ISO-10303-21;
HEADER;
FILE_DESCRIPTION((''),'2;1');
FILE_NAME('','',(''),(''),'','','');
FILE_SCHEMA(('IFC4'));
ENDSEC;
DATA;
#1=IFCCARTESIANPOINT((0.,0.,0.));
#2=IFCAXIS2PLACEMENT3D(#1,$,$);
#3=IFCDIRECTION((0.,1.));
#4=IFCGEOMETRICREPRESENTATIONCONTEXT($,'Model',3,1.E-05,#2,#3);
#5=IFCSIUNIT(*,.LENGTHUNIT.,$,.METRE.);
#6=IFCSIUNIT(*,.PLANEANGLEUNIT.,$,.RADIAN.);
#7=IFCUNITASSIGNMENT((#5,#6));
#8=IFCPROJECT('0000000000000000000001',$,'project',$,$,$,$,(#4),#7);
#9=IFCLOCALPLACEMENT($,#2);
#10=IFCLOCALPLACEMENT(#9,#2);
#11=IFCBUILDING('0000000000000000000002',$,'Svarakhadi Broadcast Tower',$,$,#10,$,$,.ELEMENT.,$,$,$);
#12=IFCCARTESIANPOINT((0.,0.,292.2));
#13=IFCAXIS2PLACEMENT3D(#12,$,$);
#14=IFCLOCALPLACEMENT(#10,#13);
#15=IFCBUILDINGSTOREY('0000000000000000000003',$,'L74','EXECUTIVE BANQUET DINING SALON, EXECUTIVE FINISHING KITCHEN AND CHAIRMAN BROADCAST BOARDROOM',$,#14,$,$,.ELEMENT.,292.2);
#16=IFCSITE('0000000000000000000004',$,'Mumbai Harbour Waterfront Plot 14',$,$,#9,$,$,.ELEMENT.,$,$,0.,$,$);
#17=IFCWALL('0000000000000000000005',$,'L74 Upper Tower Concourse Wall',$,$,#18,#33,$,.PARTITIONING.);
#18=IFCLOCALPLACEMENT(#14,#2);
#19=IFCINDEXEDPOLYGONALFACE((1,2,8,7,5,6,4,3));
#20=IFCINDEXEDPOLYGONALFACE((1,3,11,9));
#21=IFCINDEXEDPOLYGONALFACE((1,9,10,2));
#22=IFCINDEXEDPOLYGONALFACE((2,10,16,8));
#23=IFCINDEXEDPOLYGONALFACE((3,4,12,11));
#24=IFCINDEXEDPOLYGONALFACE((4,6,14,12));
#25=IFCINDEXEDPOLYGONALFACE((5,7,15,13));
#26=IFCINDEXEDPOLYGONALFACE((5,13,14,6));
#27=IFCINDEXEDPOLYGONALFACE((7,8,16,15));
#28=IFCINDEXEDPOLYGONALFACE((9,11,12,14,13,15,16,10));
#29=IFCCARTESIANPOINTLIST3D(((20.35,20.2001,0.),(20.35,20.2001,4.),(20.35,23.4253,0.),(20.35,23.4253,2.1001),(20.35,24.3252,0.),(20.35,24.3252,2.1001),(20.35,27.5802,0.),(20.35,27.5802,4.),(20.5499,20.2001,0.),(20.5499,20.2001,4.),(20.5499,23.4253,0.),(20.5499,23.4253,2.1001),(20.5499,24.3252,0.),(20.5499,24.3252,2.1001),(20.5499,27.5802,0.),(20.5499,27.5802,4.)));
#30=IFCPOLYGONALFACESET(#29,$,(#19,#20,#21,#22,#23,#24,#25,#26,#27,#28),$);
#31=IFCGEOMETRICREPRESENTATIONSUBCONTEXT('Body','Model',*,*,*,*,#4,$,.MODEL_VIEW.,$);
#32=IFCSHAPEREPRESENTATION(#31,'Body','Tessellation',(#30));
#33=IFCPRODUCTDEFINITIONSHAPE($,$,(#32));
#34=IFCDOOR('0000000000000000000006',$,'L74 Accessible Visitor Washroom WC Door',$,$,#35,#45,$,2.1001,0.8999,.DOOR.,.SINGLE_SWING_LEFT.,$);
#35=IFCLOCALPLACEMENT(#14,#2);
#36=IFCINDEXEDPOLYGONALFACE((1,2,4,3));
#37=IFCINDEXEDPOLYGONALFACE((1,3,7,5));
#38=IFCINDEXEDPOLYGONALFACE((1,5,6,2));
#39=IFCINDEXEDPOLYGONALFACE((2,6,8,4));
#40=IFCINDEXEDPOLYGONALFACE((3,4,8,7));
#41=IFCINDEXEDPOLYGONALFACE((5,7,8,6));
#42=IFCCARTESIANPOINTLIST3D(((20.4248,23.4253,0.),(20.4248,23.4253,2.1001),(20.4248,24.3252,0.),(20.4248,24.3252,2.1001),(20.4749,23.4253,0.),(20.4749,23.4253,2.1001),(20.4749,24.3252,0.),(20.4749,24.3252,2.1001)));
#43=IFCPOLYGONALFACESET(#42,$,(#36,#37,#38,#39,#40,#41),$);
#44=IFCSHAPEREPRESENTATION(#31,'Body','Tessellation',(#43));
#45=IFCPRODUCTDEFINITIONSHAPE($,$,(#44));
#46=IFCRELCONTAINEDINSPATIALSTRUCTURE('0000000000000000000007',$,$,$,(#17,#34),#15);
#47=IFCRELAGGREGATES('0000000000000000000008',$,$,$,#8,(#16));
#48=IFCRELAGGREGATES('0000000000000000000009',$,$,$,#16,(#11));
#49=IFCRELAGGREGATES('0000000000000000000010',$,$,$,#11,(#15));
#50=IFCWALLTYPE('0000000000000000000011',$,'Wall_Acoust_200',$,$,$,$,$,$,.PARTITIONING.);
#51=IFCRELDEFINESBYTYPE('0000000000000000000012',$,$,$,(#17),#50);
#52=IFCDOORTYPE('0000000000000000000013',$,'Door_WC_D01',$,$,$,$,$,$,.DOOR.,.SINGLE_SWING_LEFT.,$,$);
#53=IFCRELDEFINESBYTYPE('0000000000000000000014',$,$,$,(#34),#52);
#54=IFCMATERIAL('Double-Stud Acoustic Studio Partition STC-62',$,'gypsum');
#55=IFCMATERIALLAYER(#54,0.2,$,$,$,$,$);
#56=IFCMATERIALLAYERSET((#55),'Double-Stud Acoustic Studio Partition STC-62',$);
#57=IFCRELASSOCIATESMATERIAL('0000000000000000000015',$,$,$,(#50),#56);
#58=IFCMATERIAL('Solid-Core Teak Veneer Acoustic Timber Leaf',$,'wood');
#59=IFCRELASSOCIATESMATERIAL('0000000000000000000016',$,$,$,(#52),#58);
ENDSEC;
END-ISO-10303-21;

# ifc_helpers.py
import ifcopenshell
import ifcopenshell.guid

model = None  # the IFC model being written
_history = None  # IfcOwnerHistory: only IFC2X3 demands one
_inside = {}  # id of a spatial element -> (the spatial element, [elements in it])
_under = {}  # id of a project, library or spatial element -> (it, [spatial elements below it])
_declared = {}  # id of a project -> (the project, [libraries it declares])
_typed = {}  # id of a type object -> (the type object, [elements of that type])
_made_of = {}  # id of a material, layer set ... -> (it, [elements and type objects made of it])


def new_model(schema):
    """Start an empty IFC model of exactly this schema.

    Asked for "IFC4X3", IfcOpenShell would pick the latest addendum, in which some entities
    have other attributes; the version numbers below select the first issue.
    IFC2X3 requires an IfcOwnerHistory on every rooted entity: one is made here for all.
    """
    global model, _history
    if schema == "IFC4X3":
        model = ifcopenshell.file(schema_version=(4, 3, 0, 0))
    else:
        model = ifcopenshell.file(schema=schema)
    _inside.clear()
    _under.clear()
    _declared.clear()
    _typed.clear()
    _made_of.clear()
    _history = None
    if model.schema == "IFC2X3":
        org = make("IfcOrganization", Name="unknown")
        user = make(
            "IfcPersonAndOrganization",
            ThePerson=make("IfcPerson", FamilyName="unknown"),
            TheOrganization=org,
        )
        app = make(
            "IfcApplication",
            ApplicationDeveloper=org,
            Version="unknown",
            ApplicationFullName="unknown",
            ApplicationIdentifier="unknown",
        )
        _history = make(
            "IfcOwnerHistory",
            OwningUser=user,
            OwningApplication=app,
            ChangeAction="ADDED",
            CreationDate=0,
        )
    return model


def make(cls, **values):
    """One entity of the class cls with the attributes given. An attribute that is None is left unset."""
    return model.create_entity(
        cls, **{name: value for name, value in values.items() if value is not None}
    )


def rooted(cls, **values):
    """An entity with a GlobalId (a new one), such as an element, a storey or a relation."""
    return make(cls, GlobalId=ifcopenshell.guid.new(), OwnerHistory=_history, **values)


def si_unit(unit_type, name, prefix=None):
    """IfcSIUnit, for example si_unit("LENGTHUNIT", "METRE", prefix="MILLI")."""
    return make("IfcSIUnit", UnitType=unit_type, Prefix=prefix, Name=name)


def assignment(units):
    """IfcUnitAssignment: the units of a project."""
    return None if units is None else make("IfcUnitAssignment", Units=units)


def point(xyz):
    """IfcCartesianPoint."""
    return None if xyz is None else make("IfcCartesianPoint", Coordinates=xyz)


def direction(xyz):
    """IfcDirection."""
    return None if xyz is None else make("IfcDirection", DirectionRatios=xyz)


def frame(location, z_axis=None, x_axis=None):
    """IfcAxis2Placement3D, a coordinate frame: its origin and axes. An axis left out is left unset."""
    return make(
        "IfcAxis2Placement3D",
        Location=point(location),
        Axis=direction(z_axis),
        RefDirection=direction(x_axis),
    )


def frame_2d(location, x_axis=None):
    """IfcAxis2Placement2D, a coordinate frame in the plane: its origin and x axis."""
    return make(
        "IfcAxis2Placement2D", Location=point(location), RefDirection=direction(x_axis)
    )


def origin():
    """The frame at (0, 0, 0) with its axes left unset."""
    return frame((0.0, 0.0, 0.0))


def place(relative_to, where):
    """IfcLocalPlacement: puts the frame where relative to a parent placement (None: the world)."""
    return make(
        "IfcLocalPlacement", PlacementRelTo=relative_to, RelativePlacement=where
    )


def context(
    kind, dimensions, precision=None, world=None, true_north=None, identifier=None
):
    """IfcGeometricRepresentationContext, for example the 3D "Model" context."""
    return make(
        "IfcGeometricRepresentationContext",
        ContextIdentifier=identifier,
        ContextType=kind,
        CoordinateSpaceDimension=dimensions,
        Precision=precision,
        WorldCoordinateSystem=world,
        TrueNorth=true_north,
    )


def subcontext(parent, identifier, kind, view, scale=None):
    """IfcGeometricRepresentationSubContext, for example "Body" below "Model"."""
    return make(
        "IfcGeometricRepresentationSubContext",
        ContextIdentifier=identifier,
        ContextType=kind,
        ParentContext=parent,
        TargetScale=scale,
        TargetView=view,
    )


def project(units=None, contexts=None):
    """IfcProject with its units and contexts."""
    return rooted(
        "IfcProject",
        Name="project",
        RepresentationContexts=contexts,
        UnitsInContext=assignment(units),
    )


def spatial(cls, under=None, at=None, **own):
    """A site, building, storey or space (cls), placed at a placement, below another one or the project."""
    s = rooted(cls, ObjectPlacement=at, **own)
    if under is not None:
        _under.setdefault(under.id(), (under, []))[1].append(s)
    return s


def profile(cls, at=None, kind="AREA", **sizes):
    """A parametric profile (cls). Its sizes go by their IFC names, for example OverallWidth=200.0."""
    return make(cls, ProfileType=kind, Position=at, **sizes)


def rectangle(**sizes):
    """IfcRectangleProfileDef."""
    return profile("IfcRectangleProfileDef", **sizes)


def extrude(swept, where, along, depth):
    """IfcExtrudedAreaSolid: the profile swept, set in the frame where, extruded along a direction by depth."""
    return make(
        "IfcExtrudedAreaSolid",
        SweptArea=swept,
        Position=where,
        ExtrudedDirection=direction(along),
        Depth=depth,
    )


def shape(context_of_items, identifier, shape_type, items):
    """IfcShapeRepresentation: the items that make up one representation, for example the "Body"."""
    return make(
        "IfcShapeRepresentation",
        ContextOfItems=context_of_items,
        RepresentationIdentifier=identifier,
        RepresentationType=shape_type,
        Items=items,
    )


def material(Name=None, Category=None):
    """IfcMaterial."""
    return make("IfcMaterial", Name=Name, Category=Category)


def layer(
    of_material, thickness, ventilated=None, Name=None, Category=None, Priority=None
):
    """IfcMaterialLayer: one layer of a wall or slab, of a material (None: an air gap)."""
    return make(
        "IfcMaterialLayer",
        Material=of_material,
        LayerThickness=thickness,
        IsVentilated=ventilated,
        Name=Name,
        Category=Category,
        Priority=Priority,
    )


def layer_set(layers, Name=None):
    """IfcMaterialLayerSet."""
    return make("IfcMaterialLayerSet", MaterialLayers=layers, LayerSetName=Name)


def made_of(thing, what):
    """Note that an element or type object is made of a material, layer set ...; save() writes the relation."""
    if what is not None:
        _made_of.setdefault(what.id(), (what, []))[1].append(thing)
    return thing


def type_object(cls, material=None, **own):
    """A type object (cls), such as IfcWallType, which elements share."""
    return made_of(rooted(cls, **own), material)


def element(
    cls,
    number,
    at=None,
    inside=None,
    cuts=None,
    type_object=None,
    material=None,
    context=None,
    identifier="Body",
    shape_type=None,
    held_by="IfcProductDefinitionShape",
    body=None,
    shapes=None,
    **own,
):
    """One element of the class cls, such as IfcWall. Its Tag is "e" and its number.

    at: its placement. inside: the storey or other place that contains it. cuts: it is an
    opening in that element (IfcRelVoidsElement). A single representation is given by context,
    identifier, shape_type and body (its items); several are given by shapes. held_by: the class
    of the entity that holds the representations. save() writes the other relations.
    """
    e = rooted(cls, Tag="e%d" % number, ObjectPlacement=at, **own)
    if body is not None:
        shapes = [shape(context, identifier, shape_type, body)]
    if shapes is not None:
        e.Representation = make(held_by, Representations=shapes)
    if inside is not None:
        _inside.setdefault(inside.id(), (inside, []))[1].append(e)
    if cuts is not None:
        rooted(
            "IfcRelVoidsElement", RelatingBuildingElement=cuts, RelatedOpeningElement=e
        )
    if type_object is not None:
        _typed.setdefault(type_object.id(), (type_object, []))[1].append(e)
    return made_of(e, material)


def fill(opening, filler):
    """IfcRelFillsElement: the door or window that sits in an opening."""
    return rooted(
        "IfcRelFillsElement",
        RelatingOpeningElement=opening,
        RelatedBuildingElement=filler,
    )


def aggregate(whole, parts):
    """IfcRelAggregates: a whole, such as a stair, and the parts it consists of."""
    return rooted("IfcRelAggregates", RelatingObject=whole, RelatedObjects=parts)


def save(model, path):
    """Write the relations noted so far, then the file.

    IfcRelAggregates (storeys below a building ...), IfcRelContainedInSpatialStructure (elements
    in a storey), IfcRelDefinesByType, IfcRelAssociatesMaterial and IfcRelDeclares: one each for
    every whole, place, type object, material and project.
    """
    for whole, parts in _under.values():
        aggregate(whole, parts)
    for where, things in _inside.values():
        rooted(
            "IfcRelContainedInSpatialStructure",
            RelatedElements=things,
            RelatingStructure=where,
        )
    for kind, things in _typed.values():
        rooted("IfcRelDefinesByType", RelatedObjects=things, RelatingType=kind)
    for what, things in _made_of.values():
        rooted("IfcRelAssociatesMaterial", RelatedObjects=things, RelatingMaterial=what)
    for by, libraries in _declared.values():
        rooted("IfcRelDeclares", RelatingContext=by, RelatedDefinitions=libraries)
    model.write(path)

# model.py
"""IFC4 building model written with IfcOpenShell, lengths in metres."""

from ifc_helpers import new_model, si_unit, direction, frame, frame_2d, origin, place, context, subcontext, project, spatial, rectangle, extrude, material, layer, layer_set, type_object, element, fill, save


model = new_model("IFC4")

# Units and contexts
model_context = context("Model", 3, precision=1e-05, world=origin(), true_north=direction((0.0, 1.0)))
body_context = subcontext(model_context, "Body", "Model", "MODEL_VIEW")
ifc_project = project(units=[si_unit("LENGTHUNIT", "METRE"), si_unit("PLANEANGLEUNIT", "RADIAN")], contexts=[model_context])

# Site, building, storey
site_placement = place(None, origin())
site = spatial("IfcSite", under=ifc_project, at=site_placement, Name="Mumbai Harbour Waterfront Plot 14", CompositionType="ELEMENT", RefElevation=0.0)
building_placement = place(site_placement, origin())
building = spatial("IfcBuilding", under=site, at=building_placement, Name="Svarakhadi Broadcast Tower", CompositionType="ELEMENT")
storey_placement = place(building_placement, frame((0.0, 0.0, 292.2)))
storey = spatial("IfcBuildingStorey", under=building, at=storey_placement, Name="L74", Description="EXECUTIVE BANQUET DINING SALON, EXECUTIVE FINISHING KITCHEN AND CHAIRMAN BROADCAST BOARDROOM", CompositionType="ELEMENT", Elevation=292.2)

# Shared definitions
ifc_material_1 = material(Name="Double-Stud Acoustic Studio Partition STC-62", Category="gypsum")
ifc_layer_1 = layer(ifc_material_1, 0.2)
ifc_layer_set_1 = layer_set([ifc_layer_1], Name="Double-Stud Acoustic Studio Partition STC-62")
wall_type = type_object("IfcWallType", Name="Wall_Acoust_200", PredefinedType="PARTITIONING", material=ifc_layer_set_1)

# Wall, opening, door
wall_1_placement = place(storey_placement, frame((20.45, 27.5801, 0.0), z_axis=(0.0, 0.0, 1.0), x_axis=(0.0, -1.0, 0.0)))
wall_1 = element("IfcWall", 1, at=wall_1_placement, inside=storey, type_object=wall_type, Name="L74 Upper Tower Concourse Wall", PredefinedType="PARTITIONING", context=body_context, shape_type="SweptSolid", body=[
    extrude(rectangle(XDim=7.3801, YDim=0.2, at=frame_2d((3.6899, 0.0))), origin(), (0.0, 0.0, 1.0), 4.0),
])
opening_placement = place(wall_1_placement, frame((3.2549, 0.0, 0.0)))
opening = element("IfcOpeningElement", 2, at=opening_placement, cuts=wall_1, PredefinedType="OPENING", context=body_context, shape_type="SweptSolid", body=[
    extrude(rectangle(XDim=0.8999, YDim=2.1001, at=frame_2d((0.45, 1.05))), frame((0.0, 0.1099, 0.0), z_axis=(0.0, -1.0, 0.0), x_axis=(1.0, 0.0, 0.0)), (0.0, 0.0, 1.0), 0.22),
])
ifc_material_2 = material(Name="Solid-Core Teak Veneer Acoustic Timber Leaf", Category="wood")
door_type = type_object("IfcDoorType", Name="Door_WC_D01", OperationType="SINGLE_SWING_LEFT", PredefinedType="DOOR", material=ifc_material_2)
door_placement = place(opening_placement, origin())
door = element("IfcDoor", 3, at=door_placement, inside=storey, type_object=door_type, Name="L74 Accessible Visitor Washroom WC Door", OperationType="SINGLE_SWING_LEFT", OverallHeight=2.1001, OverallWidth=0.8999, PredefinedType="DOOR", context=body_context, shape_type="SweptSolid", body=[
    extrude(rectangle(XDim=0.8999, YDim=2.1001, at=frame_2d((0.45, 1.05))), frame((0.0, 0.0249, 0.0), z_axis=(0.0, -1.0, 0.0), x_axis=(1.0, 0.0, 0.0)), (0.0, 0.0, 1.0), 0.05),
])
fill(opening, door)

save(model, "model.ifc")
